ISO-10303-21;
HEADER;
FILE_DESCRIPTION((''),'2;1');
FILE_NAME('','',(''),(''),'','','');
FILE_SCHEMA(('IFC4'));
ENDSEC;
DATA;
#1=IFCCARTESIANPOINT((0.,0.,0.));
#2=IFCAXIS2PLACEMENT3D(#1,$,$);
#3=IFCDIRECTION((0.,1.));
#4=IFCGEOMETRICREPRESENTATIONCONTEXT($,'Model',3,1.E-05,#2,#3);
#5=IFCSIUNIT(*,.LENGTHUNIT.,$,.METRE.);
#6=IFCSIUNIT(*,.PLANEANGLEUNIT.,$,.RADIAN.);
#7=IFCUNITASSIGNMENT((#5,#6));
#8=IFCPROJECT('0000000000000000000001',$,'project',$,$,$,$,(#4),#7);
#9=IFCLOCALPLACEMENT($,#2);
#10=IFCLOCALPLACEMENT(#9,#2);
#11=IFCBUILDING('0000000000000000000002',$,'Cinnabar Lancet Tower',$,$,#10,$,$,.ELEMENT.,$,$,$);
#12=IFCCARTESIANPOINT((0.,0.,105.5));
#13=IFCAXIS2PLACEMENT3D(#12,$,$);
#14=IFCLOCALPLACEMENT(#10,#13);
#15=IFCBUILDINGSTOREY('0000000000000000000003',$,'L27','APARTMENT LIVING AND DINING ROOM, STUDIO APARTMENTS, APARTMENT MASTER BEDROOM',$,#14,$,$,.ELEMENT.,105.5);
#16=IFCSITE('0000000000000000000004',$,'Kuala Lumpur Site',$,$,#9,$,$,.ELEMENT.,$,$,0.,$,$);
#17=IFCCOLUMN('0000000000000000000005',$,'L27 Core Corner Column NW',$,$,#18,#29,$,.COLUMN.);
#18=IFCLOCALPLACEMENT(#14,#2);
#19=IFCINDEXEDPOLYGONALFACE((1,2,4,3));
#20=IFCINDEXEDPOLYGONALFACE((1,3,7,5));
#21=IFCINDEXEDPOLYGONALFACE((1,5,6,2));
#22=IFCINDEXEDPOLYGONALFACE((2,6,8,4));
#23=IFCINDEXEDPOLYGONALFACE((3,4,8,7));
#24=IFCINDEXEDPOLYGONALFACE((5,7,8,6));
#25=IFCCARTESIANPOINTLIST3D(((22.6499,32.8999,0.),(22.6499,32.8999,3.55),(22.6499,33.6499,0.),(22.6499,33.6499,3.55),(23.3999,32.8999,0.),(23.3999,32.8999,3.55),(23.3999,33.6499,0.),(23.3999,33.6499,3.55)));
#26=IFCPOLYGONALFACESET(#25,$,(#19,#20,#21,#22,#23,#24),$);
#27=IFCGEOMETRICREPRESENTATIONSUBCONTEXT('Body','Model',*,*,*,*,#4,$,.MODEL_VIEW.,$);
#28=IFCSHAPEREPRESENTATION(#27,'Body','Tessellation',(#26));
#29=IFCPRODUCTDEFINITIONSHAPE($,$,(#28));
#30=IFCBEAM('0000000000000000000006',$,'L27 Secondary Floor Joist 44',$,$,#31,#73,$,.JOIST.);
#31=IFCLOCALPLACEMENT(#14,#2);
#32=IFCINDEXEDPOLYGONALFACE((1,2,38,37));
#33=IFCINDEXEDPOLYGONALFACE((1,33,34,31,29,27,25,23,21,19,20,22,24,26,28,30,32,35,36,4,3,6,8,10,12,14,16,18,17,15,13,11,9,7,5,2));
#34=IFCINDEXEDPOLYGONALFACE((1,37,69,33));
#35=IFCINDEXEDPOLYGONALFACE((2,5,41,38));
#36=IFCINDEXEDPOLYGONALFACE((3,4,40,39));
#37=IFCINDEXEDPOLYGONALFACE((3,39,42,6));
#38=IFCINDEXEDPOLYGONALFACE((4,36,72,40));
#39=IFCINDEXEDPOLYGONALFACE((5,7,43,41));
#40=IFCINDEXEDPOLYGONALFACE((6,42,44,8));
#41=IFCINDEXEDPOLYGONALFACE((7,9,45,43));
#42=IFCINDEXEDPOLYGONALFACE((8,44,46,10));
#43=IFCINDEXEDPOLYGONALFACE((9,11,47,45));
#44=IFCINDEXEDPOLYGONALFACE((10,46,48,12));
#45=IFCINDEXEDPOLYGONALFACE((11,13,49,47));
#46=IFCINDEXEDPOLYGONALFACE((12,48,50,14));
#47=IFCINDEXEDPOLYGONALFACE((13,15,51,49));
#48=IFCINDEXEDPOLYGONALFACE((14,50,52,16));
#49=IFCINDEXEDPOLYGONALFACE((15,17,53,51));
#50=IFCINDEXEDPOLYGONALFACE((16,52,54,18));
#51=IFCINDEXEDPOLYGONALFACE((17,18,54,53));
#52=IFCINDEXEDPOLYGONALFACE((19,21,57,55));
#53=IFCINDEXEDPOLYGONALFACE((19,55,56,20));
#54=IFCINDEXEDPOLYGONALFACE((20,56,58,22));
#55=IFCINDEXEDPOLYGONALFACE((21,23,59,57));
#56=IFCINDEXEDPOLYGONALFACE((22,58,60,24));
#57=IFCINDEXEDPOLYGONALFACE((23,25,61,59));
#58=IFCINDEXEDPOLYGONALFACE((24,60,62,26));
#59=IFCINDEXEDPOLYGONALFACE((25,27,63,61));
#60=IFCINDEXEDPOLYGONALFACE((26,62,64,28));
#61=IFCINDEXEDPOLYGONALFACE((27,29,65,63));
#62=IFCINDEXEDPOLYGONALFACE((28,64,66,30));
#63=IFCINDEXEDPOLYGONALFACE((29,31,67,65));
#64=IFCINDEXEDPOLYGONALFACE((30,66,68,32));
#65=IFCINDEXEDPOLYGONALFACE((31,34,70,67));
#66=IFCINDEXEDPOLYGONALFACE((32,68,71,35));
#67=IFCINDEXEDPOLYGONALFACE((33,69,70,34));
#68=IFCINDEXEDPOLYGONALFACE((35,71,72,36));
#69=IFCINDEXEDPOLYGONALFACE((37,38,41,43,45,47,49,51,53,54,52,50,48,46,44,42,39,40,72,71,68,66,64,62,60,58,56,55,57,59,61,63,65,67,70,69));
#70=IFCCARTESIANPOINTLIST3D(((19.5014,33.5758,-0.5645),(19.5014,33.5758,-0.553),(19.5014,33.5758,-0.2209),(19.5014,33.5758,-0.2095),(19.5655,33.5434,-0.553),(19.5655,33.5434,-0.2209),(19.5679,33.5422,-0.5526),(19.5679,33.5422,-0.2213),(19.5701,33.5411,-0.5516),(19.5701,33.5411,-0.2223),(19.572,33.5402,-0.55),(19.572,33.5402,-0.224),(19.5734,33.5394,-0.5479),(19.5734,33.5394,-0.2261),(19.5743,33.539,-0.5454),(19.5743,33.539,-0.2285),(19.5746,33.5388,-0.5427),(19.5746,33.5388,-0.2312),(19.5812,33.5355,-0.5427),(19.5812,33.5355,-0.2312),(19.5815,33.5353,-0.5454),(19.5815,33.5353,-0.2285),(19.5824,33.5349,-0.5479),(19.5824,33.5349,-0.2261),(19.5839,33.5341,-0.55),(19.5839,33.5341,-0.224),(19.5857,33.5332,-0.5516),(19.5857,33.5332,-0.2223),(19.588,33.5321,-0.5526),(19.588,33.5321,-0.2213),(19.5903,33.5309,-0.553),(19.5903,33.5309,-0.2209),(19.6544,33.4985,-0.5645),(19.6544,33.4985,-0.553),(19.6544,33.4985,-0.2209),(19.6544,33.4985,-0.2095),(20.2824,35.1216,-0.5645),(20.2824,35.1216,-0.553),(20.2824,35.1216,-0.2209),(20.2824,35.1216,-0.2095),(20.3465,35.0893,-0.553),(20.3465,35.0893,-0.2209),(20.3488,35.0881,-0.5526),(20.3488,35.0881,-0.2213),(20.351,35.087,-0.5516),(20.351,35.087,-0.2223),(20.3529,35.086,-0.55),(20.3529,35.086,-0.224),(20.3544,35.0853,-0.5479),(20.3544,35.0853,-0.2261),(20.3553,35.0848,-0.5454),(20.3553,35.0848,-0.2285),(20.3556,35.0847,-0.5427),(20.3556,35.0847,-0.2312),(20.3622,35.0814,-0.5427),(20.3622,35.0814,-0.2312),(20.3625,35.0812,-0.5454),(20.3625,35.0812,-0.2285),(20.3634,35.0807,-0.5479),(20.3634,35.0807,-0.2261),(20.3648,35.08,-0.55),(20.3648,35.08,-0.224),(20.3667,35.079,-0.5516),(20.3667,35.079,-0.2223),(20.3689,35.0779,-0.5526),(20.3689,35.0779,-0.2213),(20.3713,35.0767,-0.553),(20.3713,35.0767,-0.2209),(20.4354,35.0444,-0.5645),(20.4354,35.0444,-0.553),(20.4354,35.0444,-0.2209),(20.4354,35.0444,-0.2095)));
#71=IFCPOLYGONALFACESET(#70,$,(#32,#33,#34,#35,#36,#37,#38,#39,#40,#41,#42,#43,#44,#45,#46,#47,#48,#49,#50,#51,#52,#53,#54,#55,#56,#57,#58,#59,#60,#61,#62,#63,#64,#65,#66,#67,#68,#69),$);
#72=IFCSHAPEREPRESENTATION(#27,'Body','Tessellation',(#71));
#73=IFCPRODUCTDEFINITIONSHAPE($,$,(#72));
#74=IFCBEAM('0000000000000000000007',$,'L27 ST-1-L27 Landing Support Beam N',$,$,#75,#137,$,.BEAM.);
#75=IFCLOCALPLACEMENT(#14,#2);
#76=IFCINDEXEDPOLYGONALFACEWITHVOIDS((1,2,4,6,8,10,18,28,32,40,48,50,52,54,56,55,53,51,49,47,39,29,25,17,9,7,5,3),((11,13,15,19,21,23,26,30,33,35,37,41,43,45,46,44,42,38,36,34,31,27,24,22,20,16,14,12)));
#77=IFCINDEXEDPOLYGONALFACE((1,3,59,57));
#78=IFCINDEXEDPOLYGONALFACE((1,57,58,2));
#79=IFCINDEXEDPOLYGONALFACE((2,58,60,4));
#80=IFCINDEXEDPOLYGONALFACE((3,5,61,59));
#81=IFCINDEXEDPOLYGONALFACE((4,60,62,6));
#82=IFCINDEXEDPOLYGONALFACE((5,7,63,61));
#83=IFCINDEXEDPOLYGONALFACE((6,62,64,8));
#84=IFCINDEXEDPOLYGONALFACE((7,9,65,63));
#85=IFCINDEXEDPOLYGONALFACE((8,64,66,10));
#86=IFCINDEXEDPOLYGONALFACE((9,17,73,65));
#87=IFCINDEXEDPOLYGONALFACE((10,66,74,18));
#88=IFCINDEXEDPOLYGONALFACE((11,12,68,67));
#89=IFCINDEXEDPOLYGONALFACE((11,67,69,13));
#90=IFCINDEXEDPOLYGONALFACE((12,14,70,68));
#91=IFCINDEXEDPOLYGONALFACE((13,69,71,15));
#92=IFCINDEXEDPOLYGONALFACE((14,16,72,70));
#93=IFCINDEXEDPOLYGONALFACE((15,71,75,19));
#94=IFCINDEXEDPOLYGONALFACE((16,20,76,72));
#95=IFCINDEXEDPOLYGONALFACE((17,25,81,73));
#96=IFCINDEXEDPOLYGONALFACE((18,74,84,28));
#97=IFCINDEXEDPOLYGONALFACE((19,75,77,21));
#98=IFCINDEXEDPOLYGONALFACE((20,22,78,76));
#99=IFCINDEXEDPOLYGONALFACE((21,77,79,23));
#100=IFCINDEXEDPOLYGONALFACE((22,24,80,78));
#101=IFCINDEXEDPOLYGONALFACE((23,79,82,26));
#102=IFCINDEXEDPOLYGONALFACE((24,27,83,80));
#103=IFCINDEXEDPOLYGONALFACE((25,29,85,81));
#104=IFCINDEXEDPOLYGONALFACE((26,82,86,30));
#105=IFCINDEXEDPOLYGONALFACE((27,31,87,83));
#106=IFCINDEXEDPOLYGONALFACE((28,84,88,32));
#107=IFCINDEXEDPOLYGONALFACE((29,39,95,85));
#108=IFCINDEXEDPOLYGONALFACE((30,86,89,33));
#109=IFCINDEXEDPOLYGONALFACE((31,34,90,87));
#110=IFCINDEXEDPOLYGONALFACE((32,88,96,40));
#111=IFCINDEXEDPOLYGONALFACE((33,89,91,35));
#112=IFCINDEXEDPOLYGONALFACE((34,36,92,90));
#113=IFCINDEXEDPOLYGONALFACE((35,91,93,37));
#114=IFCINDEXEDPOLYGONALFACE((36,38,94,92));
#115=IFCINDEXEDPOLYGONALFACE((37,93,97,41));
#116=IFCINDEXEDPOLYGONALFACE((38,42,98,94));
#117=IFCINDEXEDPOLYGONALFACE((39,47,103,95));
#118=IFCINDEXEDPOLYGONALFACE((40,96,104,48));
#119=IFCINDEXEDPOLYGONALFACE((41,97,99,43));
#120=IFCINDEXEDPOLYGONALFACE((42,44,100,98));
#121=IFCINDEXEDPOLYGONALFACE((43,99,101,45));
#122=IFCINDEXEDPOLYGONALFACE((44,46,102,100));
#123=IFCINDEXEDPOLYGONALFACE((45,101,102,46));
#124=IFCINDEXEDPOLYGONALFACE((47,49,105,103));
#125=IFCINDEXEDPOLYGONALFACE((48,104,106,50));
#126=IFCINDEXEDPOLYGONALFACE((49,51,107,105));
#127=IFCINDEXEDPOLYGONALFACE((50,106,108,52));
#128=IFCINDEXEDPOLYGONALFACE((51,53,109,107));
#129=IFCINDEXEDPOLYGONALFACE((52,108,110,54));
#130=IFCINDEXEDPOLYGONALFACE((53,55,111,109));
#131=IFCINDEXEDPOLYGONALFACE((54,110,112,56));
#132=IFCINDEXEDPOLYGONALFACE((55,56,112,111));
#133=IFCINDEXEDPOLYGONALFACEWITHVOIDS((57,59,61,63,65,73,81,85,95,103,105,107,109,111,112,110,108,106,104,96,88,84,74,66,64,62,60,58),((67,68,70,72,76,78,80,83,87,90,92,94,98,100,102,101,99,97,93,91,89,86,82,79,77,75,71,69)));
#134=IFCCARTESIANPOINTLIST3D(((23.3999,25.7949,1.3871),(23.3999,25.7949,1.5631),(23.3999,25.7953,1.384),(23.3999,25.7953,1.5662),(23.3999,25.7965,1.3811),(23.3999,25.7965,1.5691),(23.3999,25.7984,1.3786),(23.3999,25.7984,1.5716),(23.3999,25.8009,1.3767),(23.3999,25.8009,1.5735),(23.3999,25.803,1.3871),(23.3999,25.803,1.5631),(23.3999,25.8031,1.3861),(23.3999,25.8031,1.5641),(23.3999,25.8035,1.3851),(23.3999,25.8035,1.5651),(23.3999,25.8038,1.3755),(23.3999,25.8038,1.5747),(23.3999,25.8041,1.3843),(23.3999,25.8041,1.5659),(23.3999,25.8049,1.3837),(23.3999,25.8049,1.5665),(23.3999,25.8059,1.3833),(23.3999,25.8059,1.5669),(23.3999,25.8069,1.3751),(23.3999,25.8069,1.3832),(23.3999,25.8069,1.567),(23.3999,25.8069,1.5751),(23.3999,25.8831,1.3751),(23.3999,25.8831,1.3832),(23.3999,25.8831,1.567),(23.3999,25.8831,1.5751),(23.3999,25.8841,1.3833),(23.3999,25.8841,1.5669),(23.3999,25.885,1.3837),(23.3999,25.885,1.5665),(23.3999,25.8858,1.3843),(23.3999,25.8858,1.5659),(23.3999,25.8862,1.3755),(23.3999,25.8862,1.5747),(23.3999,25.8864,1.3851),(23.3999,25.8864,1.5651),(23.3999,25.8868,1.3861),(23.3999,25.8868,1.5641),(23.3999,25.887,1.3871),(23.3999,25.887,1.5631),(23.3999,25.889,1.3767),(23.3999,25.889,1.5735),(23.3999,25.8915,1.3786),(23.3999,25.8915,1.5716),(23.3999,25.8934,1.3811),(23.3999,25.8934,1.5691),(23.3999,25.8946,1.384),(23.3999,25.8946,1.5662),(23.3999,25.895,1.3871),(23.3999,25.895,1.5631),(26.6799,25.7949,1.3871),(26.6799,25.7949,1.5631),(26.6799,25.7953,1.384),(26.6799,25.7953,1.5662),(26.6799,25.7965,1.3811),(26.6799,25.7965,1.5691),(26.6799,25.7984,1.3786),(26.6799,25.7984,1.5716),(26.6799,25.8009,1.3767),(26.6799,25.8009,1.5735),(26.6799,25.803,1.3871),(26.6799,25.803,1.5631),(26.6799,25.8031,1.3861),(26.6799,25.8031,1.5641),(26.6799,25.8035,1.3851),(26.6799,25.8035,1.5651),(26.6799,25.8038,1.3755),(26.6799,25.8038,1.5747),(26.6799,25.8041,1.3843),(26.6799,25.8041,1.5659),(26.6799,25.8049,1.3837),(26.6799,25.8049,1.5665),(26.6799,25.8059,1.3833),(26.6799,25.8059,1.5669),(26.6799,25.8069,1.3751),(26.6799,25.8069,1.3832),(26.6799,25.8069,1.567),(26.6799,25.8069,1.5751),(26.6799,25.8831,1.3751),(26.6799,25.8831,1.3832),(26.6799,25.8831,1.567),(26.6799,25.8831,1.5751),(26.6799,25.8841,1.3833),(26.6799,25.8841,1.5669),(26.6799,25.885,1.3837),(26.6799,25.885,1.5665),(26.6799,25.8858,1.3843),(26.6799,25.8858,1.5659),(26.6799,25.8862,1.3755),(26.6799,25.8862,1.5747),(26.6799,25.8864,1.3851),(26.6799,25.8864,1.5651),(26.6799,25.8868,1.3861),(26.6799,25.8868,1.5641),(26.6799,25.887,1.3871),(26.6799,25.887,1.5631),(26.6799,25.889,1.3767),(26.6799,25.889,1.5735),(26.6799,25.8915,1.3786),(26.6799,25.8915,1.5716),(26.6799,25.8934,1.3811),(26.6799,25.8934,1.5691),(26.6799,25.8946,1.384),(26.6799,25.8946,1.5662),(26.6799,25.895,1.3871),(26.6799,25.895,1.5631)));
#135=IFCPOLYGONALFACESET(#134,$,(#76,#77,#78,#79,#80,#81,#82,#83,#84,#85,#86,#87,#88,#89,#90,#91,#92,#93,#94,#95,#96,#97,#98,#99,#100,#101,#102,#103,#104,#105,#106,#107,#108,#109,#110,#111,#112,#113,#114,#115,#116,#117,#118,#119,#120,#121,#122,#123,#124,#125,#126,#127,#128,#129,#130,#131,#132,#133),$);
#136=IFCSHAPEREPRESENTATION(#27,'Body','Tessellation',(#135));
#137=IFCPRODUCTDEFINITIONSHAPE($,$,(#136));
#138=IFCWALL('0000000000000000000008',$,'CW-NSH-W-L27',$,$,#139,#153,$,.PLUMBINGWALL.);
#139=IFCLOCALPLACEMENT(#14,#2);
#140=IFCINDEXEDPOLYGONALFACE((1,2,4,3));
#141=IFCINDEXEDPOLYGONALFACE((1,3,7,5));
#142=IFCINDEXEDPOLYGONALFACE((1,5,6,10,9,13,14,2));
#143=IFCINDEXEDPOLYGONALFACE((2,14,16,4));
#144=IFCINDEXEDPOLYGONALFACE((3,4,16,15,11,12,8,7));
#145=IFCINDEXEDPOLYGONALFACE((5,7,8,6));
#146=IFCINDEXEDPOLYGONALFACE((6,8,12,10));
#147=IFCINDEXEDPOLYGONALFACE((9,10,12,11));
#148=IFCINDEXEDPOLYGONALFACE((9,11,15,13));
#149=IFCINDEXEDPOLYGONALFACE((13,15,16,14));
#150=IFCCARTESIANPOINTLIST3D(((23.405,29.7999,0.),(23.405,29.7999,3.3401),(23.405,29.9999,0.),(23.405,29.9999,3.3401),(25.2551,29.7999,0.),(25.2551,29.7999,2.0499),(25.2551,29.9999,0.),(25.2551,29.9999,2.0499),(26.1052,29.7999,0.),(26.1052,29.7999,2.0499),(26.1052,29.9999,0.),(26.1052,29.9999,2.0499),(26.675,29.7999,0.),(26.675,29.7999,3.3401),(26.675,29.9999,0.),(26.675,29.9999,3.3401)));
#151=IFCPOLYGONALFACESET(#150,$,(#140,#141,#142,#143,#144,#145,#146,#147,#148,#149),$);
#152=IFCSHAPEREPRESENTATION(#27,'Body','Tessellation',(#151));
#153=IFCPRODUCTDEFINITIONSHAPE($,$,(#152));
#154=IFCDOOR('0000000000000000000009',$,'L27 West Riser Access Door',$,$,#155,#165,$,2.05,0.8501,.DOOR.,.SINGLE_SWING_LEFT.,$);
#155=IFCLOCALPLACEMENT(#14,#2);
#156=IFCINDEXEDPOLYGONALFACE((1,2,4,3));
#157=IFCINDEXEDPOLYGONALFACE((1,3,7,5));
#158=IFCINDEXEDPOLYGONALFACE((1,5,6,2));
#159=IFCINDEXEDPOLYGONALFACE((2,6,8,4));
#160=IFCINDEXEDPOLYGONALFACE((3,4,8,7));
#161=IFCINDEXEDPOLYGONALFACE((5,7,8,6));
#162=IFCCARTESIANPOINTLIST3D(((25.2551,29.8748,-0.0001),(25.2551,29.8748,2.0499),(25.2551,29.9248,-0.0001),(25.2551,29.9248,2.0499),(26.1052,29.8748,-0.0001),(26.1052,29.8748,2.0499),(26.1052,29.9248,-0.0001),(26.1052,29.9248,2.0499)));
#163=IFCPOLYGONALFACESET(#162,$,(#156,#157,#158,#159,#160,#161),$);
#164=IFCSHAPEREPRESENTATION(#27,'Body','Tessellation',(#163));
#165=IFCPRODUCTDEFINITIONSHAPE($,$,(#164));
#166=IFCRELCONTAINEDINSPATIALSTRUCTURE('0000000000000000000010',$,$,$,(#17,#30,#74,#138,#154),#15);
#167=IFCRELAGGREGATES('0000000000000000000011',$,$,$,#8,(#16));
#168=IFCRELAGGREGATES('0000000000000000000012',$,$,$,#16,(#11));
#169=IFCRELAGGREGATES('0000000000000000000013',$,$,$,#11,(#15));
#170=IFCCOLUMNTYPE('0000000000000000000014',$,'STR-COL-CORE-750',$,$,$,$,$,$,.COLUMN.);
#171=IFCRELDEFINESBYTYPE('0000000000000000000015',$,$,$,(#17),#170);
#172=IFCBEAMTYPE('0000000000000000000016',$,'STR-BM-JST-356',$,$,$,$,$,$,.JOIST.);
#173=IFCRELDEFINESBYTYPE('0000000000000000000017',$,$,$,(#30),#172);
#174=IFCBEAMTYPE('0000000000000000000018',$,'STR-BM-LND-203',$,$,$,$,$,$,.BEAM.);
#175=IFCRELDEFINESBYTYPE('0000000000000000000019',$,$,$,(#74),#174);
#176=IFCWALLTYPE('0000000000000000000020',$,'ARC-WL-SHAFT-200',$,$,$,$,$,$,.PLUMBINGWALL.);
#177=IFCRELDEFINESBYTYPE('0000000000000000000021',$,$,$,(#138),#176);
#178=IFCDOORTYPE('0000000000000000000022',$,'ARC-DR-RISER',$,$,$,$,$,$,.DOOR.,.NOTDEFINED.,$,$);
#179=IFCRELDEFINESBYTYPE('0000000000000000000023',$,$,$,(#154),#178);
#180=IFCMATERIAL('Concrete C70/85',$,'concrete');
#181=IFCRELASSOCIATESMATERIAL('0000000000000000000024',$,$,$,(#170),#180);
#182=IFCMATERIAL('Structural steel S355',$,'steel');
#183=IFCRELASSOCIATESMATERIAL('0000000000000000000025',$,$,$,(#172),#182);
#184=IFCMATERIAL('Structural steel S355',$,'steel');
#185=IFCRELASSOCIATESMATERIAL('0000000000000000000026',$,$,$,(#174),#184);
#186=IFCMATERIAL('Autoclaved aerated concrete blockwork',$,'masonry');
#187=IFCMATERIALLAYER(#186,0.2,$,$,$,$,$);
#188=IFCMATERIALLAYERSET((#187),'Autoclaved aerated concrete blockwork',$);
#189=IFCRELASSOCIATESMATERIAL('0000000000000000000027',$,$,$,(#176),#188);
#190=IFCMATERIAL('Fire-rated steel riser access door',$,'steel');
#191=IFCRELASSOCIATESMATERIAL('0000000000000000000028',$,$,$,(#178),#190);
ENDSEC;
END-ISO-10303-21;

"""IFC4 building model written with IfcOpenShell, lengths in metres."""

from ifc_helpers import new_model, si_unit, direction, frame, frame_2d, origin, origin_2d, place, context, subcontext, project, spatial, rectangle, hollow_rectangle, i_section, extrude, material, layer, layer_set, material_profile, profile_set, type_object, element, fill, save


model = new_model("IFC4")

# Units and contexts
model_context = context("Model", 3, precision=1e-05, world=origin(), true_north=direction((0.0, 1.0)))
body_context = subcontext(model_context, "Body", "Model", "MODEL_VIEW")
ifc_project = project(units=[si_unit("LENGTHUNIT", "METRE"), si_unit("PLANEANGLEUNIT", "RADIAN")], contexts=[model_context])

# Site, building, storey
site_placement = place(None, origin())
site = spatial("IfcSite", under=ifc_project, at=site_placement, Name="Kuala Lumpur Site", CompositionType="ELEMENT", RefElevation=0.0)
building_placement = place(site_placement, origin())
building = spatial("IfcBuilding", under=site, at=building_placement, Name="Cinnabar Lancet Tower", CompositionType="ELEMENT")
storey_placement = place(building_placement, frame((0.0, 0.0, 105.5)))
storey = spatial("IfcBuildingStorey", under=building, at=storey_placement, Name="L27", Description="APARTMENT LIVING AND DINING ROOM, STUDIO APARTMENTS, APARTMENT MASTER BEDROOM", CompositionType="ELEMENT", Elevation=105.5)

# Column
ifc_material_1 = material(Name="Concrete C70/85", Category="concrete")
ifc_material_profile_1 = material_profile(ifc_material_1, rectangle(XDim=0.75, YDim=0.75, at=origin_2d()), Name="RC-COL 750x750")
ifc_profile_set_1 = profile_set([ifc_material_profile_1], Name="Concrete C70/85")
column_type = type_object("IfcColumnType", Name="STR-COL-CORE-750", PredefinedType="COLUMN", material=ifc_profile_set_1)
column_placement = place(storey_placement, frame((23.0249, 33.2749, 0.0), z_axis=(0.0, 0.0, 1.0), x_axis=(1.0, 0.0, 0.0)))
element("IfcColumn", 1, at=column_placement, inside=storey, type_object=column_type, Name="L27 Core Corner Column NW", PredefinedType="COLUMN", context=body_context, shape_type="SweptSolid", body=[
    extrude(rectangle(XDim=0.75, YDim=0.75, at=origin_2d()), origin(), (0.0, 0.0, 1.0), 3.55),
])

# Beams
ifc_material_2 = material(Name="Structural steel S355", Category="steel")
ifc_material_profile_2 = material_profile(ifc_material_2, i_section(OverallWidth=0.1714, OverallDepth=0.355, WebThickness=0.0073, FlangeThickness=0.0115, FilletRadius=0.0103, at=origin_2d()), Name="UKB 356x171x51")
ifc_profile_set_2 = profile_set([ifc_material_profile_2], Name="Structural steel S355")
beam_type_1 = type_object("IfcBeamType", Name="STR-BM-JST-356", PredefinedType="JOIST", material=ifc_profile_set_2)
beam_1_placement = place(storey_placement, frame((20.3589, 35.083, -0.387), z_axis=(-0.450931, -0.892559, 0.0), x_axis=(0.892559, -0.450931, 0.0)))
element("IfcBeam", 2, at=beam_1_placement, inside=storey, type_object=beam_type_1, Name="L27 Secondary Floor Joist 44", PredefinedType="JOIST", context=body_context, shape_type="SweptSolid", body=[
    extrude(i_section(OverallWidth=0.1714, OverallDepth=0.355, WebThickness=0.0073, FlangeThickness=0.0115, FilletRadius=0.0103, at=origin_2d()), origin(), (0.0, 0.0, 1.0), 1.7319),
])
ifc_material_3 = material(Name="Structural steel S355", Category="steel")
ifc_material_profile_3 = material_profile(ifc_material_3, hollow_rectangle(XDim=0.1001, YDim=0.2, WallThickness=0.0081, InnerFilletRadius=0.0039, OuterFilletRadius=0.012, at=origin_2d()), Name="RHS 200x100x8")
ifc_profile_set_3 = profile_set([ifc_material_profile_3], Name="Structural steel S355")
beam_type_2 = type_object("IfcBeamType", Name="STR-BM-LND-203", PredefinedType="BEAM", material=ifc_profile_set_3)
beam_2_placement = place(storey_placement, frame((23.3999, 25.845, 1.4751), z_axis=(1.0, 0.0, 0.0), x_axis=(0.0, 1.0, 0.0)))
element("IfcBeam", 3, at=beam_2_placement, inside=storey, type_object=beam_type_2, Name="L27 ST-1-L27 Landing Support Beam N", PredefinedType="BEAM", context=body_context, shape_type="SweptSolid", body=[
    extrude(hollow_rectangle(XDim=0.1001, YDim=0.2, WallThickness=0.0081, InnerFilletRadius=0.0039, OuterFilletRadius=0.012, at=origin_2d()), origin(), (0.0, 0.0, 1.0), 3.28),
])

# Wall, opening, door
ifc_material_4 = material(Name="Autoclaved aerated concrete blockwork", Category="masonry")
ifc_layer_1 = layer(ifc_material_4, 0.2)
ifc_layer_set_1 = layer_set([ifc_layer_1], Name="Autoclaved aerated concrete blockwork")
wall_type_1 = type_object("IfcWallType", Name="ARC-WL-SHAFT-200", PredefinedType="PLUMBINGWALL", material=ifc_layer_set_1)
wall_1_placement = place(storey_placement, frame((23.405, 29.8999, 0.0), z_axis=(0.0, 0.0, 1.0), x_axis=(1.0, 0.0, 0.0)))
wall_1 = element("IfcWall", 4, at=wall_1_placement, inside=storey, type_object=wall_type_1, Name="CW-NSH-W-L27", PredefinedType="PLUMBINGWALL", context=body_context, shape_type="SweptSolid", body=[
    extrude(rectangle(XDim=3.27, YDim=0.2, at=frame_2d((1.635, 0.0))), origin(), (0.0, 0.0, 1.0), 3.3401),
])
opening_1_placement = place(wall_1_placement, frame((1.8501, 0.0, 0.0)))
opening_1 = element("IfcOpeningElement", 5, at=opening_1_placement, cuts=wall_1, PredefinedType="OPENING", context=body_context, shape_type="SweptSolid", body=[
    extrude(rectangle(XDim=0.8501, YDim=2.05, at=frame_2d((0.425, 1.0249))), frame((0.0, 0.1099, 0.0), z_axis=(0.0, -1.0, 0.0), x_axis=(1.0, 0.0, 0.0)), (0.0, 0.0, 1.0), 0.22),
])
ifc_material_5 = material(Name="Fire-rated steel riser access door", Category="steel")
door_type_1 = type_object("IfcDoorType", Name="ARC-DR-RISER", OperationType="NOTDEFINED", PredefinedType="DOOR", material=ifc_material_5)
door_1_placement = place(opening_1_placement, origin())
door_1 = element("IfcDoor", 6, at=door_1_placement, inside=storey, type_object=door_type_1, Name="L27 West Riser Access Door", OperationType="SINGLE_SWING_LEFT", OverallHeight=2.05, OverallWidth=0.8501, PredefinedType="DOOR", context=body_context, shape_type="SweptSolid", body=[
    extrude(rectangle(XDim=0.8501, YDim=2.05, at=frame_2d((0.425, 1.0249))), frame((0.0, 0.0249, 0.0), z_axis=(0.0, -1.0, 0.0), x_axis=(1.0, 0.0, 0.0)), (0.0, 0.0, 1.0), 0.05),
])
fill(opening_1, door_1)

save(model, "model.ifc")
